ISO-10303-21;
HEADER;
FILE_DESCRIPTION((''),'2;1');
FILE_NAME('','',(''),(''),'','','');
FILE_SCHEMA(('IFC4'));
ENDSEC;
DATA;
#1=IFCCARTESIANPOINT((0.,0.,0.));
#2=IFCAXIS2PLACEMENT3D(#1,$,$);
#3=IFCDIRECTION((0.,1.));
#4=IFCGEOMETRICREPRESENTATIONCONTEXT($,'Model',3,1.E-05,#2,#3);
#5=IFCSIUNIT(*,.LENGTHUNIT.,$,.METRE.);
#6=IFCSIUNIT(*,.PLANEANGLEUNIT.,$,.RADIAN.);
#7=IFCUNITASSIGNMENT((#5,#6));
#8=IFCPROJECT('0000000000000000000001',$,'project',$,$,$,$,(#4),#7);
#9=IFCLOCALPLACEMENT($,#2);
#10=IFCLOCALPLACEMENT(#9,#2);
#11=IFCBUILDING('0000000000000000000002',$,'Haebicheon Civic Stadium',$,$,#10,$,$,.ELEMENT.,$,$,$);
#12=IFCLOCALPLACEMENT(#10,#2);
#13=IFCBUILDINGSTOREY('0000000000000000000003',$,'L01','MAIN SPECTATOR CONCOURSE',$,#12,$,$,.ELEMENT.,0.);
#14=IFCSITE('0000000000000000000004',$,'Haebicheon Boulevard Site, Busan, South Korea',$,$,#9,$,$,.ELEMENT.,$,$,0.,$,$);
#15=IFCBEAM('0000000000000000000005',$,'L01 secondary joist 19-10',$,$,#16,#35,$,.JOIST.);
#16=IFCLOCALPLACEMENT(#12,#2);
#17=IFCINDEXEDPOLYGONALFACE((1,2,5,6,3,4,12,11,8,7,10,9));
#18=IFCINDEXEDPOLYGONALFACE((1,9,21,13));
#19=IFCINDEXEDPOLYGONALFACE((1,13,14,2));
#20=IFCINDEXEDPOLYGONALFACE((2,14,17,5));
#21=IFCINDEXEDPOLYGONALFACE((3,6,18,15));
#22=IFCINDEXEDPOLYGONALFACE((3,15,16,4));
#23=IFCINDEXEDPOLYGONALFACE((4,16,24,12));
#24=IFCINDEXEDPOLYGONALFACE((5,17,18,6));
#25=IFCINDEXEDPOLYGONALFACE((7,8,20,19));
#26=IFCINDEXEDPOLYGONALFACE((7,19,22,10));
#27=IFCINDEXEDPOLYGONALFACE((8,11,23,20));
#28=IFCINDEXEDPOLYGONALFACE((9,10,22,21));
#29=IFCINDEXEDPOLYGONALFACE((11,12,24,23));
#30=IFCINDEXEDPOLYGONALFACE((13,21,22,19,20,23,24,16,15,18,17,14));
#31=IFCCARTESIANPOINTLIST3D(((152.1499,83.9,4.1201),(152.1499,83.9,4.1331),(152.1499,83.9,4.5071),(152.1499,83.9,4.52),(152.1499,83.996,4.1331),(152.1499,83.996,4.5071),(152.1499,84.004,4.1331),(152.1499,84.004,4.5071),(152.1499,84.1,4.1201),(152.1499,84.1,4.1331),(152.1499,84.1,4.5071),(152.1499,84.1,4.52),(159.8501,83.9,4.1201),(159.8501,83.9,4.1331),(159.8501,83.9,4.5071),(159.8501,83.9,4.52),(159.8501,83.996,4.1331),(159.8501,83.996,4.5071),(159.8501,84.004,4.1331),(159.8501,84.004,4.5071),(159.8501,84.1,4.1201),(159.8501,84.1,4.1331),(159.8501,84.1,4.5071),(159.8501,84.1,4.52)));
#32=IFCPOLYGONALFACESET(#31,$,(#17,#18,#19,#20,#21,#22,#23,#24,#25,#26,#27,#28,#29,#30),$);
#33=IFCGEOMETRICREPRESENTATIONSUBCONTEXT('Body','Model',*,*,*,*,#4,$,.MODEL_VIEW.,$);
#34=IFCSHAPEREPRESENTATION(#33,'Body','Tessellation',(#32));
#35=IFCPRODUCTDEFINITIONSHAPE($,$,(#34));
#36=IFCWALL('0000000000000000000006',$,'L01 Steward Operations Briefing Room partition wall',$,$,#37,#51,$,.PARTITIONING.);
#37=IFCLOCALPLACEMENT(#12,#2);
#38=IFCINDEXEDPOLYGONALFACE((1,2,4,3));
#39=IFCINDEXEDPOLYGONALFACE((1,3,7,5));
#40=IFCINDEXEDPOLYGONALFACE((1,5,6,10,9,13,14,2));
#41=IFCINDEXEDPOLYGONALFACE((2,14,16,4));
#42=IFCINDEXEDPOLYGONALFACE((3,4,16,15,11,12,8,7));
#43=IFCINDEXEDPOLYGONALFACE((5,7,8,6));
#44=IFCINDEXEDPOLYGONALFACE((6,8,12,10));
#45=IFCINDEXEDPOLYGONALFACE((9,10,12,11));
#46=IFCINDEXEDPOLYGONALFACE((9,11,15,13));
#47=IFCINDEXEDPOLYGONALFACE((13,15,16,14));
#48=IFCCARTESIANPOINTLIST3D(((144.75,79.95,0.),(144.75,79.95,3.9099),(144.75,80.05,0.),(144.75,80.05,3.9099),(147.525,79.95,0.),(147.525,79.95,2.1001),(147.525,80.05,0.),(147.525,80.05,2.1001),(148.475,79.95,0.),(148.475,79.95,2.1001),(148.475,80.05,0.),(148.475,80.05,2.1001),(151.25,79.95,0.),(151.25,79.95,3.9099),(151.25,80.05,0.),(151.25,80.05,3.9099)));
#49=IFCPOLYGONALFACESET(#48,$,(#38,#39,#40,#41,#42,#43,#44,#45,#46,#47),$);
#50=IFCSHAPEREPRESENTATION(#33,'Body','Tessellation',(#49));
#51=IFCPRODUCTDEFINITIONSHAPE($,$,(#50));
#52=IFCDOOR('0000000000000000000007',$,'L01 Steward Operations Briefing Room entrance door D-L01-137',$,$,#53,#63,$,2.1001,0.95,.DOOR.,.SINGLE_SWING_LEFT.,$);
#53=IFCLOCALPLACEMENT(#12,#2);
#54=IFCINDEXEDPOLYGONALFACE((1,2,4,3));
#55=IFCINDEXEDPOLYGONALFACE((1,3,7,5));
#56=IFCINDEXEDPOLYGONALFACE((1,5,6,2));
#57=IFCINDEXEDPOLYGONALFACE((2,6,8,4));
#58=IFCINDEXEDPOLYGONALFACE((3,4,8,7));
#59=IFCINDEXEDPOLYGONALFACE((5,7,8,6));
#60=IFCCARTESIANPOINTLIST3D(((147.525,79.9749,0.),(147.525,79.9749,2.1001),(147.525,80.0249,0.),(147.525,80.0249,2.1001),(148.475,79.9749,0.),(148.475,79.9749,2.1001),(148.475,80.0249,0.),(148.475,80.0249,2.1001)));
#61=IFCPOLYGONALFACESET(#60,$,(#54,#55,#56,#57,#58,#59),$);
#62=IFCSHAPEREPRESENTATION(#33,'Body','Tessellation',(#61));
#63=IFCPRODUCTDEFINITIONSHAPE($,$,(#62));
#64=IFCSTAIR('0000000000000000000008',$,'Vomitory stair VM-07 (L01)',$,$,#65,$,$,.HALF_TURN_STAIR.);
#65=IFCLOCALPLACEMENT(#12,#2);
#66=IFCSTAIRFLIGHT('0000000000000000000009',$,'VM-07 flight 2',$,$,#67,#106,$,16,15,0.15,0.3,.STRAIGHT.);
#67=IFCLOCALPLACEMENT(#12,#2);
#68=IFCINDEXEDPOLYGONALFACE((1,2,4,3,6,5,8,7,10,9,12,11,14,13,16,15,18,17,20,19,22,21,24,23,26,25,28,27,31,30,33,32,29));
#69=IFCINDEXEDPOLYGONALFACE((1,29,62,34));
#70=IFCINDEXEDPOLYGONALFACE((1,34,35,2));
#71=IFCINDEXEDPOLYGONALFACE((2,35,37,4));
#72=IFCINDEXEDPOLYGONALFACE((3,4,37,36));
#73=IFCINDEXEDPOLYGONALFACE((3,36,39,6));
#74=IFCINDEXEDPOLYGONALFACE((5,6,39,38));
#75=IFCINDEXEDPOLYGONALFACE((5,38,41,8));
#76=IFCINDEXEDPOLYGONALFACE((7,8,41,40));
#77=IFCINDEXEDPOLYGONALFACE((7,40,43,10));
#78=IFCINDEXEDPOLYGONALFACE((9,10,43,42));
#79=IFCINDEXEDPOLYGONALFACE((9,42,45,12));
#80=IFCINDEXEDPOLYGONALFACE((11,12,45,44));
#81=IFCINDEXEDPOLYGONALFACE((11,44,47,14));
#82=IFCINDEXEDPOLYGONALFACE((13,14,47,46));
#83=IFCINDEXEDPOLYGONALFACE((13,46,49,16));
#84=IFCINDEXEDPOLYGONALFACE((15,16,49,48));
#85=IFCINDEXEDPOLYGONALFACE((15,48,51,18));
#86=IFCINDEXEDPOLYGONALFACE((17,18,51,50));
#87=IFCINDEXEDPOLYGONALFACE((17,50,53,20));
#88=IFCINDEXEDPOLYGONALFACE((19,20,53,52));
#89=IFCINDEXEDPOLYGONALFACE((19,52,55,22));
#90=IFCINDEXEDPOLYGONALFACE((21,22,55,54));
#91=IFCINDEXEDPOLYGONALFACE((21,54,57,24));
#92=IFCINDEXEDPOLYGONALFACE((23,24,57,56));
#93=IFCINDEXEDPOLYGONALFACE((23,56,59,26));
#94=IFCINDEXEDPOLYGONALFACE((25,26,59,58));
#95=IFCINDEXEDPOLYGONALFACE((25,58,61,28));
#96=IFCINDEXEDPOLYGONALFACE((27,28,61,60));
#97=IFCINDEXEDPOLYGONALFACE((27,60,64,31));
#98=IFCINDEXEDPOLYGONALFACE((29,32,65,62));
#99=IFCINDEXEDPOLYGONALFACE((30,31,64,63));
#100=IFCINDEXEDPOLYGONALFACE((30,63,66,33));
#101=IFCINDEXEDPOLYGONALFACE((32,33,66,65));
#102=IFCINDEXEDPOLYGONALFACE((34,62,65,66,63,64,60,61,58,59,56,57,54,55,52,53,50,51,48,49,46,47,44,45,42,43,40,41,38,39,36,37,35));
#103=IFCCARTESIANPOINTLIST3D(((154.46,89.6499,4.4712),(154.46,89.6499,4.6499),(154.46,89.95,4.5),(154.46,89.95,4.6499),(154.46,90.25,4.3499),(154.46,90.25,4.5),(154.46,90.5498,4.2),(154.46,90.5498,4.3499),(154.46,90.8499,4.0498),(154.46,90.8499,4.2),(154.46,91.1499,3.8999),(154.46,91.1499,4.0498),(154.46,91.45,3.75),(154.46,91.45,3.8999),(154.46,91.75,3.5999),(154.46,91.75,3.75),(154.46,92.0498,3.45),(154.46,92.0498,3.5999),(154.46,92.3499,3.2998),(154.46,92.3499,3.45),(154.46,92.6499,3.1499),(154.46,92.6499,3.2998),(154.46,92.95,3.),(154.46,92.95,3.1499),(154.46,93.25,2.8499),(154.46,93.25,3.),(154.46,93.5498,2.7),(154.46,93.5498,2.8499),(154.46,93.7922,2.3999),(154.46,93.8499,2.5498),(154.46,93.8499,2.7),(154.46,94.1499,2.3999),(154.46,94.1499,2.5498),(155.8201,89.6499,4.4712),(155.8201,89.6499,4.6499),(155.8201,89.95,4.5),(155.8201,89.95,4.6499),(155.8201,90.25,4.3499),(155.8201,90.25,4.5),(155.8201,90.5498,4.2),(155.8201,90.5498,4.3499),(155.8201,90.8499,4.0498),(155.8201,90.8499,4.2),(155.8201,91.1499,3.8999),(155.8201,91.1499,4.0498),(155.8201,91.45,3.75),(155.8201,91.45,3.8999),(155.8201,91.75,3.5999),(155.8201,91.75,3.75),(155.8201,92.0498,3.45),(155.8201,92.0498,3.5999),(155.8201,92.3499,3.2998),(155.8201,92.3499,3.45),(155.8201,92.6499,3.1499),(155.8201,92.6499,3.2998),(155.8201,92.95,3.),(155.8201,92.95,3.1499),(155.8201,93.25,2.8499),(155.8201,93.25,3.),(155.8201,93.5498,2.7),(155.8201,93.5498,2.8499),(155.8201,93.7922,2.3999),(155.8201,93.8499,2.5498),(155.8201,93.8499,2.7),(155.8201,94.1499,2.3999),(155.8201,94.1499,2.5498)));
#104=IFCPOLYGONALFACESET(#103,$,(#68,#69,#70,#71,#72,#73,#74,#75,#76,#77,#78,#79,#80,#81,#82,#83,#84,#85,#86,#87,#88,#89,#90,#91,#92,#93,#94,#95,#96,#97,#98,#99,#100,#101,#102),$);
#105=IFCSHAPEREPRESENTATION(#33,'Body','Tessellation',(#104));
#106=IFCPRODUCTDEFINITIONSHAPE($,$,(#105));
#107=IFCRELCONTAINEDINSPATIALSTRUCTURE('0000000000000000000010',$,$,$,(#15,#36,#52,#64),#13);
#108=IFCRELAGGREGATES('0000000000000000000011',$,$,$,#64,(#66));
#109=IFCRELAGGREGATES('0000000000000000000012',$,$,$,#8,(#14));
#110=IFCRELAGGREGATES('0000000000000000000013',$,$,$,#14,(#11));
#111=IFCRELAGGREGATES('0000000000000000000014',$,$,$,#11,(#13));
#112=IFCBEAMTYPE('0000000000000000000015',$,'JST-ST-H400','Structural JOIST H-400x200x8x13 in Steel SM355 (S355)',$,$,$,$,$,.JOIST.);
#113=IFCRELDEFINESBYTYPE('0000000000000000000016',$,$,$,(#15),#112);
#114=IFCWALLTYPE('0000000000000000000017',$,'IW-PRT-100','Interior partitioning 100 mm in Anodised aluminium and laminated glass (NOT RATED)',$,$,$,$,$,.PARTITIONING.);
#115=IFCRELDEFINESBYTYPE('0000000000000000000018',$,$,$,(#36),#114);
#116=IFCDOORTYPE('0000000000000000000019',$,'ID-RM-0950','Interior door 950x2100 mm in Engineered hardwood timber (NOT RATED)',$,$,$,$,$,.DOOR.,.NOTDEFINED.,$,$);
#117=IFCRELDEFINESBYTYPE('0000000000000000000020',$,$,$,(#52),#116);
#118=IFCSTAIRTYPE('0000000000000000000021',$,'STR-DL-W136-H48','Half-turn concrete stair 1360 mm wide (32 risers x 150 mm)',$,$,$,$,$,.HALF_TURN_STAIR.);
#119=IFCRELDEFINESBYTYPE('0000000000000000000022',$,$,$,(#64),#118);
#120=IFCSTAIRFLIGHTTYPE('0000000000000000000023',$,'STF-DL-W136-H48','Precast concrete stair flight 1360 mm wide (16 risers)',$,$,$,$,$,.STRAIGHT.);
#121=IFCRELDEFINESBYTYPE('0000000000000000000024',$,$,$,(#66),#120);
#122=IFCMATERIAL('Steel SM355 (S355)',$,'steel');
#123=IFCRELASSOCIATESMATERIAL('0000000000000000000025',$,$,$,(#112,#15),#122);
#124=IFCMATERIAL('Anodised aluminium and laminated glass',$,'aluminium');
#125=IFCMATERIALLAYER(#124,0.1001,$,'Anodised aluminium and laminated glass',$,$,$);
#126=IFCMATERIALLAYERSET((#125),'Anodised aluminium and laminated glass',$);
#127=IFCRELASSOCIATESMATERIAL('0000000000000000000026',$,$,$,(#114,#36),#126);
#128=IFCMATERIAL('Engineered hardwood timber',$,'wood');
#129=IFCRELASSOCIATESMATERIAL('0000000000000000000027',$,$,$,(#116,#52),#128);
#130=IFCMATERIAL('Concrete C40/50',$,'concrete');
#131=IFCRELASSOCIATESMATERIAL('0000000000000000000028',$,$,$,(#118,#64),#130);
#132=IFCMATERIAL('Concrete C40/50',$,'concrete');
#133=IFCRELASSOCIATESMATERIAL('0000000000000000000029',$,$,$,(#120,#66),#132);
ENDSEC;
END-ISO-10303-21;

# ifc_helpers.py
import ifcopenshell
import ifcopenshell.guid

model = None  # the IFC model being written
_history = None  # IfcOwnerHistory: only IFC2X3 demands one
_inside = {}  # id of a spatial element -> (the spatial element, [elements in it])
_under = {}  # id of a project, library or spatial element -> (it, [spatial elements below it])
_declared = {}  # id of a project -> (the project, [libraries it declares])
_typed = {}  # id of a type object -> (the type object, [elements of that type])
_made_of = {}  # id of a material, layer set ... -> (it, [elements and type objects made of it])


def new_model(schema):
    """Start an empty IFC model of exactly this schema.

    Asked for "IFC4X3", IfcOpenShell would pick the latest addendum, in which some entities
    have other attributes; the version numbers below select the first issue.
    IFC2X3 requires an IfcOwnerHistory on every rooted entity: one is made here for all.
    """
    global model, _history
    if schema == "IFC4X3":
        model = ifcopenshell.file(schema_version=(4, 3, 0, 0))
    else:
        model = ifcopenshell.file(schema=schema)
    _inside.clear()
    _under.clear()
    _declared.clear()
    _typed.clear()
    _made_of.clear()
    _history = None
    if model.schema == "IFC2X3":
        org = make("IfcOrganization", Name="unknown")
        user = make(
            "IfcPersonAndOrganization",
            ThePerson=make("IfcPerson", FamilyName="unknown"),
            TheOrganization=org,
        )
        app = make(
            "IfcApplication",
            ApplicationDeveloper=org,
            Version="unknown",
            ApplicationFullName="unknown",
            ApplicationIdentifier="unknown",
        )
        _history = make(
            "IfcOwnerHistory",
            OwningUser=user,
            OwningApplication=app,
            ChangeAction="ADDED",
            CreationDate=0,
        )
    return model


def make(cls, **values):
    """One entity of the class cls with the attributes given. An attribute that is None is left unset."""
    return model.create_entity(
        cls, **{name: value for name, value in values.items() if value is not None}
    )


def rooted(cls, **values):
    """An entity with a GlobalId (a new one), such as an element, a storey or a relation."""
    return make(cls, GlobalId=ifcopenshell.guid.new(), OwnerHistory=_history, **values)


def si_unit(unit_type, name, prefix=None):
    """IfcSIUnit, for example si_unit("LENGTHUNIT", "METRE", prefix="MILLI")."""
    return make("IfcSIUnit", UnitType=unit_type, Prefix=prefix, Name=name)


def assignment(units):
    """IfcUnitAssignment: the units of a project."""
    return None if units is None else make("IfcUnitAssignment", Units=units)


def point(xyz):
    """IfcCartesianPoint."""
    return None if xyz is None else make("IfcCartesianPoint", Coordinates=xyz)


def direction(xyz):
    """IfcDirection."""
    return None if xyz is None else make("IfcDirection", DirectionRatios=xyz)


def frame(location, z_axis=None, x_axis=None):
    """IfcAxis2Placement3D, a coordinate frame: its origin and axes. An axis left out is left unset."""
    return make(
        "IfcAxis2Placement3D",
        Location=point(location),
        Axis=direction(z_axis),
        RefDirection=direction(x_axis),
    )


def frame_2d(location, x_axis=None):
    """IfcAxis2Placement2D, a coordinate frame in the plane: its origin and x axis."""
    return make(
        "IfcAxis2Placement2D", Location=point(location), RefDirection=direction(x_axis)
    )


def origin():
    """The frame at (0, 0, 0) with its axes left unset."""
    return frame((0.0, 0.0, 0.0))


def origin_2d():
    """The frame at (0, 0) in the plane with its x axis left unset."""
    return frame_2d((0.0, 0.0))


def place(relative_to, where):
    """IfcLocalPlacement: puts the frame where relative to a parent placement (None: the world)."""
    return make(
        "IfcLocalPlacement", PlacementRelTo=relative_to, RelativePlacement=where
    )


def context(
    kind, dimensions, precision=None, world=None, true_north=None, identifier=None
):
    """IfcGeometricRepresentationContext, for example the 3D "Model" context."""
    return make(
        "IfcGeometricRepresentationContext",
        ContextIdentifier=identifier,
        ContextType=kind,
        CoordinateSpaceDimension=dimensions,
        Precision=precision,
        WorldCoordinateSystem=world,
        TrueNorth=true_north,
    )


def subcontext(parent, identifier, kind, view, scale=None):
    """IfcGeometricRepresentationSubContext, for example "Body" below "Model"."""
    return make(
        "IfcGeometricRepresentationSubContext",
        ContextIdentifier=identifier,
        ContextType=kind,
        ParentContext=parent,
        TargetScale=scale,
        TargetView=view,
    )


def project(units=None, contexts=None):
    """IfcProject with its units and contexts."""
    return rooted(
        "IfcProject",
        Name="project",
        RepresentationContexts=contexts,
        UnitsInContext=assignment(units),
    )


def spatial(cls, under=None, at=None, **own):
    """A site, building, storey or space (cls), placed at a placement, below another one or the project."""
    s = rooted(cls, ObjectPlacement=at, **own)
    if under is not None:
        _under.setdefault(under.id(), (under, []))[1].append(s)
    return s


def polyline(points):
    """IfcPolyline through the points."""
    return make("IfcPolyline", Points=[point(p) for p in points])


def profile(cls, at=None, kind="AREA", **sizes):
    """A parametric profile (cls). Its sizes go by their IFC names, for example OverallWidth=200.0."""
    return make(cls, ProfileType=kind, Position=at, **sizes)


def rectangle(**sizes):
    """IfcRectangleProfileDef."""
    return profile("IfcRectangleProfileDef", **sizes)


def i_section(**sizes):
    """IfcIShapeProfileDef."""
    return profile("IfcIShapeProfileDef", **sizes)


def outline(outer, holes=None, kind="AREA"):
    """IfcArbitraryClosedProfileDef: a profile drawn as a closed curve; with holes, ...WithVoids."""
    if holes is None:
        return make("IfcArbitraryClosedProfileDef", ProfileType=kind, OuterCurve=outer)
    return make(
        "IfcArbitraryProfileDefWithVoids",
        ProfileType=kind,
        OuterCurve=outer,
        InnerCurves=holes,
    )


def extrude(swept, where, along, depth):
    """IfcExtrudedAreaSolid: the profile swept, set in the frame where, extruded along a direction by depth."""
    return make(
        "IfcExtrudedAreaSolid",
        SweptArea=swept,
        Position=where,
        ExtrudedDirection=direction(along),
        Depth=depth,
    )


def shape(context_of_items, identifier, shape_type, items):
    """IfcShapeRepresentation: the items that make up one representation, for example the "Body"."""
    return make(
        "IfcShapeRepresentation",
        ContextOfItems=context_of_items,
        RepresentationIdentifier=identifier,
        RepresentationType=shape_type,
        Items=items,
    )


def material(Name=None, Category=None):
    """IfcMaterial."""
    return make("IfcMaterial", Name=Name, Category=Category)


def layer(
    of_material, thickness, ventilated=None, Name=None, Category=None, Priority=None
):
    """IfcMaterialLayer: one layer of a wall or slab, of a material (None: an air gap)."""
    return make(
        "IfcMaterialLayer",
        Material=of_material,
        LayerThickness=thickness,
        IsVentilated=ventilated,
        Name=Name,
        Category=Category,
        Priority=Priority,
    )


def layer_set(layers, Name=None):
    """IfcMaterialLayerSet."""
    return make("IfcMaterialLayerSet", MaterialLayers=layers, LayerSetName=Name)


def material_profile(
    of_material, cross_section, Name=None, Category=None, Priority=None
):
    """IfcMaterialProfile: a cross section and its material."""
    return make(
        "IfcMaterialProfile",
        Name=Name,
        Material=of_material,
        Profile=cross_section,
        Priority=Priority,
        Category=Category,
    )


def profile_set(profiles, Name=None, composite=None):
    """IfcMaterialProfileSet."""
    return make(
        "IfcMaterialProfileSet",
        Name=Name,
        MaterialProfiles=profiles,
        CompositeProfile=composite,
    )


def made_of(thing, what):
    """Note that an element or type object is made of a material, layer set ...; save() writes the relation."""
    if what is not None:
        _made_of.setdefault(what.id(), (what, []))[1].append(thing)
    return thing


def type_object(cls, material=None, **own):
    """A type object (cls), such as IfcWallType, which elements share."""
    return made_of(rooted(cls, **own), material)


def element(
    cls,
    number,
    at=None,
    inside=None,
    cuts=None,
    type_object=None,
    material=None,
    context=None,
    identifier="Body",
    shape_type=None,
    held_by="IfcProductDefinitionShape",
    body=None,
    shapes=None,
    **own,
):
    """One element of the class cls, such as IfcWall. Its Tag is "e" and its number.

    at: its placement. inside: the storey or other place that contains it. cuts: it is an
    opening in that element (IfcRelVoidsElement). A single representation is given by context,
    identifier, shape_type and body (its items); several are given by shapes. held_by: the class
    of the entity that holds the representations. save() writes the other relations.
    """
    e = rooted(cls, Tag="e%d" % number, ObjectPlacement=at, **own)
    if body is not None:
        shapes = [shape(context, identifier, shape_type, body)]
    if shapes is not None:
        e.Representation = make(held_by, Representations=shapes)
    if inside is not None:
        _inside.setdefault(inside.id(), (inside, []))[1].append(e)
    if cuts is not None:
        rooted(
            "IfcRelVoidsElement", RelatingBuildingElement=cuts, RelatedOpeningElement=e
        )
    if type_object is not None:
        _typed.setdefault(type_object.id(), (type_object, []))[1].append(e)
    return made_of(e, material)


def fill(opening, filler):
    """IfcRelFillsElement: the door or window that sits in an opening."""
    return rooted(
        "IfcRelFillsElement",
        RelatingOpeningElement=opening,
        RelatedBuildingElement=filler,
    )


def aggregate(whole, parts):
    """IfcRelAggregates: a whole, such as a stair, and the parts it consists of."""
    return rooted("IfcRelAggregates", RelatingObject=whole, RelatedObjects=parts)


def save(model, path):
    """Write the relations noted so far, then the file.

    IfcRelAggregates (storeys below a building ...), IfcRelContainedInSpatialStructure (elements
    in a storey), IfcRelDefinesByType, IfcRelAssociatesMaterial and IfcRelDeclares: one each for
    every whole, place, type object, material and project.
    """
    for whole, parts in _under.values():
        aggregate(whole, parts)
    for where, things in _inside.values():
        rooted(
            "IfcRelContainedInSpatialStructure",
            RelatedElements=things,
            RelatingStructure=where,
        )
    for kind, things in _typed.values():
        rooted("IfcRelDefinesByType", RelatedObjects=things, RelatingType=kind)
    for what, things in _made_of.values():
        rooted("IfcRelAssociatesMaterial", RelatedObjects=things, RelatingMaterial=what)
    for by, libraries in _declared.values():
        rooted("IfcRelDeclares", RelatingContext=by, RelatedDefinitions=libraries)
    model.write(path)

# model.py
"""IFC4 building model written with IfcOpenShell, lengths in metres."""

from ifc_helpers import new_model, si_unit, direction, frame, frame_2d, origin, origin_2d, place, context, subcontext, project, spatial, polyline, rectangle, i_section, outline, extrude, material, layer, layer_set, material_profile, profile_set, type_object, element, fill, aggregate, save


model = new_model("IFC4")

# Units and contexts
model_context = context("Model", 3, precision=1e-05, world=origin(), true_north=direction((0.0, 1.0)))
body_context = subcontext(model_context, "Body", "Model", "MODEL_VIEW")
ifc_project = project(units=[si_unit("LENGTHUNIT", "METRE"), si_unit("PLANEANGLEUNIT", "RADIAN")], contexts=[model_context])

# Site, building, storey
site_placement = place(None, origin())
site = spatial("IfcSite", under=ifc_project, at=site_placement, Name="Haebicheon Boulevard Site, Busan, South Korea", CompositionType="ELEMENT", RefElevation=0.0)
building_placement = place(site_placement, origin())
building = spatial("IfcBuilding", under=site, at=building_placement, Name="Haebicheon Civic Stadium", CompositionType="ELEMENT")
storey_placement = place(building_placement, origin())
storey = spatial("IfcBuildingStorey", under=building, at=storey_placement, Name="L01", Description="MAIN SPECTATOR CONCOURSE", CompositionType="ELEMENT", Elevation=0.0)

# Beam
ifc_material_1 = material(Name="Steel SM355 (S355)", Category="steel")
ifc_material_profile_1 = material_profile(ifc_material_1, i_section(OverallWidth=0.2, OverallDepth=0.3999, WebThickness=0.0081, FlangeThickness=0.0129, at=origin_2d()), Name="H-400x200x8x13")
ifc_profile_set_1 = profile_set([ifc_material_profile_1], Name="Steel SM355 (S355)")
beam_type_1 = type_object("IfcBeamType", Name="JST-ST-H400", Description="Structural JOIST H-400x200x8x13 in Steel SM355 (S355)", PredefinedType="JOIST", material=ifc_profile_set_1)
beam_1_placement = place(storey_placement, frame((152.1499, 84.0, 4.3201), z_axis=(1.0, 0.0, 0.0), x_axis=(0.0, 1.0, 0.0)))
element("IfcBeam", 1, at=beam_1_placement, inside=storey, type_object=beam_type_1, material=ifc_profile_set_1, Name="L01 secondary joist 19-10", PredefinedType="JOIST", context=body_context, shape_type="SweptSolid", body=[
    extrude(i_section(OverallWidth=0.2, OverallDepth=0.3999, WebThickness=0.0081, FlangeThickness=0.0129, at=origin_2d()), origin(), (0.0, 0.0, 1.0), 7.7002),
])

# Wall, opening, door
ifc_material_2 = material(Name="Anodised aluminium and laminated glass", Category="aluminium")
ifc_layer = layer(ifc_material_2, 0.1001, Name="Anodised aluminium and laminated glass")
ifc_layer_set = layer_set([ifc_layer], Name="Anodised aluminium and laminated glass")
wall_type = type_object("IfcWallType", Name="IW-PRT-100", Description="Interior partitioning 100 mm in Anodised aluminium and laminated glass (NOT RATED)", PredefinedType="PARTITIONING", material=ifc_layer_set)
wall_placement = place(storey_placement, frame((144.75, 80.0, 0.0), z_axis=(0.0, 0.0, 1.0), x_axis=(1.0, 0.0, 0.0)))
wall = element("IfcWall", 2, at=wall_placement, inside=storey, type_object=wall_type, material=ifc_layer_set, Name="L01 Steward Operations Briefing Room partition wall", PredefinedType="PARTITIONING", context=body_context, shape_type="SweptSolid", body=[
    extrude(rectangle(XDim=6.5, YDim=0.1001, at=frame_2d((3.25, 0.0))), origin(), (0.0, 0.0, 1.0), 3.9099),
])
opening_placement = place(wall_placement, frame((2.7749, 0.0, 0.0)))
opening = element("IfcOpeningElement", 3, at=opening_placement, cuts=wall, PredefinedType="OPENING", context=body_context, shape_type="SweptSolid", body=[
    extrude(rectangle(XDim=0.95, YDim=2.1001, at=frame_2d((0.4751, 1.05))), frame((0.0, 0.0601, 0.0), z_axis=(0.0, -1.0, 0.0), x_axis=(1.0, 0.0, 0.0)), (0.0, 0.0, 1.0), 0.1201),
])
ifc_material_3 = material(Name="Engineered hardwood timber", Category="wood")
door_type = type_object("IfcDoorType", Name="ID-RM-0950", Description="Interior door 950x2100 mm in Engineered hardwood timber (NOT RATED)", OperationType="NOTDEFINED", PredefinedType="DOOR", material=ifc_material_3)
door_placement = place(opening_placement, origin())
door = element("IfcDoor", 4, at=door_placement, inside=storey, type_object=door_type, material=ifc_material_3, Name="L01 Steward Operations Briefing Room entrance door D-L01-137", OperationType="SINGLE_SWING_LEFT", OverallHeight=2.1001, OverallWidth=0.95, PredefinedType="DOOR", context=body_context, shape_type="SweptSolid", body=[
    extrude(rectangle(XDim=0.95, YDim=2.1001, at=frame_2d((0.4751, 1.05))), frame((0.0, 0.0249, 0.0), z_axis=(0.0, -1.0, 0.0), x_axis=(1.0, 0.0, 0.0)), (0.0, 0.0, 1.0), 0.05),
])
fill(opening, door)

# Stair, stair flight
ifc_material_4 = material(Name="Concrete C40/50", Category="concrete")
stair_type = type_object("IfcStairType", Name="STR-DL-W136-H48", Description="Half-turn concrete stair 1360 mm wide (32 risers x 150 mm)", PredefinedType="HALF_TURN_STAIR", material=ifc_material_4)
stair_placement = place(storey_placement, origin())
stair = element("IfcStair", 5, at=stair_placement, inside=storey, type_object=stair_type, material=ifc_material_4, Name="Vomitory stair VM-07 (L01)", PredefinedType="HALF_TURN_STAIR")
ifc_material_5 = material(Name="Concrete C40/50", Category="concrete")
stair_flight_type = type_object("IfcStairFlightType", Name="STF-DL-W136-H48", Description="Precast concrete stair flight 1360 mm wide (16 risers)", PredefinedType="STRAIGHT", material=ifc_material_5)
stair_flight_placement = place(storey_placement, frame((155.1399, 94.1499, 2.3999), z_axis=(0.0, 0.0, 1.0), x_axis=(0.0, -1.0, 0.0)))
stair_flight = element("IfcStairFlight", 6, at=stair_flight_placement, type_object=stair_flight_type, material=ifc_material_5, Name="VM-07 flight 2", NumberOfRisers=16, NumberOfTreads=15, PredefinedType="STRAIGHT", RiserHeight=0.15, TreadLength=0.3, context=body_context, shape_type="SweptSolid", body=[
    extrude(outline(polyline([(0.0, 0.0), (0.0, 0.1499), (0.3, 0.1499), (0.3, 0.3), (0.6001, 0.3), (0.6001, 0.45), (0.8999, 0.45), (0.8999, 0.6001), (1.2, 0.6001), (1.2, 0.75), (1.5, 0.75), (1.5, 0.8999), (1.8, 0.8999), (1.8, 1.05), (2.1001, 1.05), (2.1001, 1.2), (2.3999, 1.2), (2.3999, 1.3501), (2.7, 1.3501), (2.7, 1.5), (3.0, 1.5), (3.0, 1.6499), (3.3, 1.6499), (3.3, 1.8), (3.6001, 1.8), (3.6001, 1.95), (3.8999, 1.95), (3.8999, 2.1001), (4.2, 2.1001), (4.2, 2.25), (4.5, 2.25), (4.5, 2.3999), (4.5, 2.0713), (0.3577, 0.0), (0.0, 0.0)])), frame((0.0, 0.6802, 0.0), z_axis=(0.0, -1.0, 0.0), x_axis=(1.0, 0.0, 0.0)), (0.0, 0.0, 1.0), 1.3601),
])
aggregate(stair, [stair_flight])

save(model, "model.ifc")
